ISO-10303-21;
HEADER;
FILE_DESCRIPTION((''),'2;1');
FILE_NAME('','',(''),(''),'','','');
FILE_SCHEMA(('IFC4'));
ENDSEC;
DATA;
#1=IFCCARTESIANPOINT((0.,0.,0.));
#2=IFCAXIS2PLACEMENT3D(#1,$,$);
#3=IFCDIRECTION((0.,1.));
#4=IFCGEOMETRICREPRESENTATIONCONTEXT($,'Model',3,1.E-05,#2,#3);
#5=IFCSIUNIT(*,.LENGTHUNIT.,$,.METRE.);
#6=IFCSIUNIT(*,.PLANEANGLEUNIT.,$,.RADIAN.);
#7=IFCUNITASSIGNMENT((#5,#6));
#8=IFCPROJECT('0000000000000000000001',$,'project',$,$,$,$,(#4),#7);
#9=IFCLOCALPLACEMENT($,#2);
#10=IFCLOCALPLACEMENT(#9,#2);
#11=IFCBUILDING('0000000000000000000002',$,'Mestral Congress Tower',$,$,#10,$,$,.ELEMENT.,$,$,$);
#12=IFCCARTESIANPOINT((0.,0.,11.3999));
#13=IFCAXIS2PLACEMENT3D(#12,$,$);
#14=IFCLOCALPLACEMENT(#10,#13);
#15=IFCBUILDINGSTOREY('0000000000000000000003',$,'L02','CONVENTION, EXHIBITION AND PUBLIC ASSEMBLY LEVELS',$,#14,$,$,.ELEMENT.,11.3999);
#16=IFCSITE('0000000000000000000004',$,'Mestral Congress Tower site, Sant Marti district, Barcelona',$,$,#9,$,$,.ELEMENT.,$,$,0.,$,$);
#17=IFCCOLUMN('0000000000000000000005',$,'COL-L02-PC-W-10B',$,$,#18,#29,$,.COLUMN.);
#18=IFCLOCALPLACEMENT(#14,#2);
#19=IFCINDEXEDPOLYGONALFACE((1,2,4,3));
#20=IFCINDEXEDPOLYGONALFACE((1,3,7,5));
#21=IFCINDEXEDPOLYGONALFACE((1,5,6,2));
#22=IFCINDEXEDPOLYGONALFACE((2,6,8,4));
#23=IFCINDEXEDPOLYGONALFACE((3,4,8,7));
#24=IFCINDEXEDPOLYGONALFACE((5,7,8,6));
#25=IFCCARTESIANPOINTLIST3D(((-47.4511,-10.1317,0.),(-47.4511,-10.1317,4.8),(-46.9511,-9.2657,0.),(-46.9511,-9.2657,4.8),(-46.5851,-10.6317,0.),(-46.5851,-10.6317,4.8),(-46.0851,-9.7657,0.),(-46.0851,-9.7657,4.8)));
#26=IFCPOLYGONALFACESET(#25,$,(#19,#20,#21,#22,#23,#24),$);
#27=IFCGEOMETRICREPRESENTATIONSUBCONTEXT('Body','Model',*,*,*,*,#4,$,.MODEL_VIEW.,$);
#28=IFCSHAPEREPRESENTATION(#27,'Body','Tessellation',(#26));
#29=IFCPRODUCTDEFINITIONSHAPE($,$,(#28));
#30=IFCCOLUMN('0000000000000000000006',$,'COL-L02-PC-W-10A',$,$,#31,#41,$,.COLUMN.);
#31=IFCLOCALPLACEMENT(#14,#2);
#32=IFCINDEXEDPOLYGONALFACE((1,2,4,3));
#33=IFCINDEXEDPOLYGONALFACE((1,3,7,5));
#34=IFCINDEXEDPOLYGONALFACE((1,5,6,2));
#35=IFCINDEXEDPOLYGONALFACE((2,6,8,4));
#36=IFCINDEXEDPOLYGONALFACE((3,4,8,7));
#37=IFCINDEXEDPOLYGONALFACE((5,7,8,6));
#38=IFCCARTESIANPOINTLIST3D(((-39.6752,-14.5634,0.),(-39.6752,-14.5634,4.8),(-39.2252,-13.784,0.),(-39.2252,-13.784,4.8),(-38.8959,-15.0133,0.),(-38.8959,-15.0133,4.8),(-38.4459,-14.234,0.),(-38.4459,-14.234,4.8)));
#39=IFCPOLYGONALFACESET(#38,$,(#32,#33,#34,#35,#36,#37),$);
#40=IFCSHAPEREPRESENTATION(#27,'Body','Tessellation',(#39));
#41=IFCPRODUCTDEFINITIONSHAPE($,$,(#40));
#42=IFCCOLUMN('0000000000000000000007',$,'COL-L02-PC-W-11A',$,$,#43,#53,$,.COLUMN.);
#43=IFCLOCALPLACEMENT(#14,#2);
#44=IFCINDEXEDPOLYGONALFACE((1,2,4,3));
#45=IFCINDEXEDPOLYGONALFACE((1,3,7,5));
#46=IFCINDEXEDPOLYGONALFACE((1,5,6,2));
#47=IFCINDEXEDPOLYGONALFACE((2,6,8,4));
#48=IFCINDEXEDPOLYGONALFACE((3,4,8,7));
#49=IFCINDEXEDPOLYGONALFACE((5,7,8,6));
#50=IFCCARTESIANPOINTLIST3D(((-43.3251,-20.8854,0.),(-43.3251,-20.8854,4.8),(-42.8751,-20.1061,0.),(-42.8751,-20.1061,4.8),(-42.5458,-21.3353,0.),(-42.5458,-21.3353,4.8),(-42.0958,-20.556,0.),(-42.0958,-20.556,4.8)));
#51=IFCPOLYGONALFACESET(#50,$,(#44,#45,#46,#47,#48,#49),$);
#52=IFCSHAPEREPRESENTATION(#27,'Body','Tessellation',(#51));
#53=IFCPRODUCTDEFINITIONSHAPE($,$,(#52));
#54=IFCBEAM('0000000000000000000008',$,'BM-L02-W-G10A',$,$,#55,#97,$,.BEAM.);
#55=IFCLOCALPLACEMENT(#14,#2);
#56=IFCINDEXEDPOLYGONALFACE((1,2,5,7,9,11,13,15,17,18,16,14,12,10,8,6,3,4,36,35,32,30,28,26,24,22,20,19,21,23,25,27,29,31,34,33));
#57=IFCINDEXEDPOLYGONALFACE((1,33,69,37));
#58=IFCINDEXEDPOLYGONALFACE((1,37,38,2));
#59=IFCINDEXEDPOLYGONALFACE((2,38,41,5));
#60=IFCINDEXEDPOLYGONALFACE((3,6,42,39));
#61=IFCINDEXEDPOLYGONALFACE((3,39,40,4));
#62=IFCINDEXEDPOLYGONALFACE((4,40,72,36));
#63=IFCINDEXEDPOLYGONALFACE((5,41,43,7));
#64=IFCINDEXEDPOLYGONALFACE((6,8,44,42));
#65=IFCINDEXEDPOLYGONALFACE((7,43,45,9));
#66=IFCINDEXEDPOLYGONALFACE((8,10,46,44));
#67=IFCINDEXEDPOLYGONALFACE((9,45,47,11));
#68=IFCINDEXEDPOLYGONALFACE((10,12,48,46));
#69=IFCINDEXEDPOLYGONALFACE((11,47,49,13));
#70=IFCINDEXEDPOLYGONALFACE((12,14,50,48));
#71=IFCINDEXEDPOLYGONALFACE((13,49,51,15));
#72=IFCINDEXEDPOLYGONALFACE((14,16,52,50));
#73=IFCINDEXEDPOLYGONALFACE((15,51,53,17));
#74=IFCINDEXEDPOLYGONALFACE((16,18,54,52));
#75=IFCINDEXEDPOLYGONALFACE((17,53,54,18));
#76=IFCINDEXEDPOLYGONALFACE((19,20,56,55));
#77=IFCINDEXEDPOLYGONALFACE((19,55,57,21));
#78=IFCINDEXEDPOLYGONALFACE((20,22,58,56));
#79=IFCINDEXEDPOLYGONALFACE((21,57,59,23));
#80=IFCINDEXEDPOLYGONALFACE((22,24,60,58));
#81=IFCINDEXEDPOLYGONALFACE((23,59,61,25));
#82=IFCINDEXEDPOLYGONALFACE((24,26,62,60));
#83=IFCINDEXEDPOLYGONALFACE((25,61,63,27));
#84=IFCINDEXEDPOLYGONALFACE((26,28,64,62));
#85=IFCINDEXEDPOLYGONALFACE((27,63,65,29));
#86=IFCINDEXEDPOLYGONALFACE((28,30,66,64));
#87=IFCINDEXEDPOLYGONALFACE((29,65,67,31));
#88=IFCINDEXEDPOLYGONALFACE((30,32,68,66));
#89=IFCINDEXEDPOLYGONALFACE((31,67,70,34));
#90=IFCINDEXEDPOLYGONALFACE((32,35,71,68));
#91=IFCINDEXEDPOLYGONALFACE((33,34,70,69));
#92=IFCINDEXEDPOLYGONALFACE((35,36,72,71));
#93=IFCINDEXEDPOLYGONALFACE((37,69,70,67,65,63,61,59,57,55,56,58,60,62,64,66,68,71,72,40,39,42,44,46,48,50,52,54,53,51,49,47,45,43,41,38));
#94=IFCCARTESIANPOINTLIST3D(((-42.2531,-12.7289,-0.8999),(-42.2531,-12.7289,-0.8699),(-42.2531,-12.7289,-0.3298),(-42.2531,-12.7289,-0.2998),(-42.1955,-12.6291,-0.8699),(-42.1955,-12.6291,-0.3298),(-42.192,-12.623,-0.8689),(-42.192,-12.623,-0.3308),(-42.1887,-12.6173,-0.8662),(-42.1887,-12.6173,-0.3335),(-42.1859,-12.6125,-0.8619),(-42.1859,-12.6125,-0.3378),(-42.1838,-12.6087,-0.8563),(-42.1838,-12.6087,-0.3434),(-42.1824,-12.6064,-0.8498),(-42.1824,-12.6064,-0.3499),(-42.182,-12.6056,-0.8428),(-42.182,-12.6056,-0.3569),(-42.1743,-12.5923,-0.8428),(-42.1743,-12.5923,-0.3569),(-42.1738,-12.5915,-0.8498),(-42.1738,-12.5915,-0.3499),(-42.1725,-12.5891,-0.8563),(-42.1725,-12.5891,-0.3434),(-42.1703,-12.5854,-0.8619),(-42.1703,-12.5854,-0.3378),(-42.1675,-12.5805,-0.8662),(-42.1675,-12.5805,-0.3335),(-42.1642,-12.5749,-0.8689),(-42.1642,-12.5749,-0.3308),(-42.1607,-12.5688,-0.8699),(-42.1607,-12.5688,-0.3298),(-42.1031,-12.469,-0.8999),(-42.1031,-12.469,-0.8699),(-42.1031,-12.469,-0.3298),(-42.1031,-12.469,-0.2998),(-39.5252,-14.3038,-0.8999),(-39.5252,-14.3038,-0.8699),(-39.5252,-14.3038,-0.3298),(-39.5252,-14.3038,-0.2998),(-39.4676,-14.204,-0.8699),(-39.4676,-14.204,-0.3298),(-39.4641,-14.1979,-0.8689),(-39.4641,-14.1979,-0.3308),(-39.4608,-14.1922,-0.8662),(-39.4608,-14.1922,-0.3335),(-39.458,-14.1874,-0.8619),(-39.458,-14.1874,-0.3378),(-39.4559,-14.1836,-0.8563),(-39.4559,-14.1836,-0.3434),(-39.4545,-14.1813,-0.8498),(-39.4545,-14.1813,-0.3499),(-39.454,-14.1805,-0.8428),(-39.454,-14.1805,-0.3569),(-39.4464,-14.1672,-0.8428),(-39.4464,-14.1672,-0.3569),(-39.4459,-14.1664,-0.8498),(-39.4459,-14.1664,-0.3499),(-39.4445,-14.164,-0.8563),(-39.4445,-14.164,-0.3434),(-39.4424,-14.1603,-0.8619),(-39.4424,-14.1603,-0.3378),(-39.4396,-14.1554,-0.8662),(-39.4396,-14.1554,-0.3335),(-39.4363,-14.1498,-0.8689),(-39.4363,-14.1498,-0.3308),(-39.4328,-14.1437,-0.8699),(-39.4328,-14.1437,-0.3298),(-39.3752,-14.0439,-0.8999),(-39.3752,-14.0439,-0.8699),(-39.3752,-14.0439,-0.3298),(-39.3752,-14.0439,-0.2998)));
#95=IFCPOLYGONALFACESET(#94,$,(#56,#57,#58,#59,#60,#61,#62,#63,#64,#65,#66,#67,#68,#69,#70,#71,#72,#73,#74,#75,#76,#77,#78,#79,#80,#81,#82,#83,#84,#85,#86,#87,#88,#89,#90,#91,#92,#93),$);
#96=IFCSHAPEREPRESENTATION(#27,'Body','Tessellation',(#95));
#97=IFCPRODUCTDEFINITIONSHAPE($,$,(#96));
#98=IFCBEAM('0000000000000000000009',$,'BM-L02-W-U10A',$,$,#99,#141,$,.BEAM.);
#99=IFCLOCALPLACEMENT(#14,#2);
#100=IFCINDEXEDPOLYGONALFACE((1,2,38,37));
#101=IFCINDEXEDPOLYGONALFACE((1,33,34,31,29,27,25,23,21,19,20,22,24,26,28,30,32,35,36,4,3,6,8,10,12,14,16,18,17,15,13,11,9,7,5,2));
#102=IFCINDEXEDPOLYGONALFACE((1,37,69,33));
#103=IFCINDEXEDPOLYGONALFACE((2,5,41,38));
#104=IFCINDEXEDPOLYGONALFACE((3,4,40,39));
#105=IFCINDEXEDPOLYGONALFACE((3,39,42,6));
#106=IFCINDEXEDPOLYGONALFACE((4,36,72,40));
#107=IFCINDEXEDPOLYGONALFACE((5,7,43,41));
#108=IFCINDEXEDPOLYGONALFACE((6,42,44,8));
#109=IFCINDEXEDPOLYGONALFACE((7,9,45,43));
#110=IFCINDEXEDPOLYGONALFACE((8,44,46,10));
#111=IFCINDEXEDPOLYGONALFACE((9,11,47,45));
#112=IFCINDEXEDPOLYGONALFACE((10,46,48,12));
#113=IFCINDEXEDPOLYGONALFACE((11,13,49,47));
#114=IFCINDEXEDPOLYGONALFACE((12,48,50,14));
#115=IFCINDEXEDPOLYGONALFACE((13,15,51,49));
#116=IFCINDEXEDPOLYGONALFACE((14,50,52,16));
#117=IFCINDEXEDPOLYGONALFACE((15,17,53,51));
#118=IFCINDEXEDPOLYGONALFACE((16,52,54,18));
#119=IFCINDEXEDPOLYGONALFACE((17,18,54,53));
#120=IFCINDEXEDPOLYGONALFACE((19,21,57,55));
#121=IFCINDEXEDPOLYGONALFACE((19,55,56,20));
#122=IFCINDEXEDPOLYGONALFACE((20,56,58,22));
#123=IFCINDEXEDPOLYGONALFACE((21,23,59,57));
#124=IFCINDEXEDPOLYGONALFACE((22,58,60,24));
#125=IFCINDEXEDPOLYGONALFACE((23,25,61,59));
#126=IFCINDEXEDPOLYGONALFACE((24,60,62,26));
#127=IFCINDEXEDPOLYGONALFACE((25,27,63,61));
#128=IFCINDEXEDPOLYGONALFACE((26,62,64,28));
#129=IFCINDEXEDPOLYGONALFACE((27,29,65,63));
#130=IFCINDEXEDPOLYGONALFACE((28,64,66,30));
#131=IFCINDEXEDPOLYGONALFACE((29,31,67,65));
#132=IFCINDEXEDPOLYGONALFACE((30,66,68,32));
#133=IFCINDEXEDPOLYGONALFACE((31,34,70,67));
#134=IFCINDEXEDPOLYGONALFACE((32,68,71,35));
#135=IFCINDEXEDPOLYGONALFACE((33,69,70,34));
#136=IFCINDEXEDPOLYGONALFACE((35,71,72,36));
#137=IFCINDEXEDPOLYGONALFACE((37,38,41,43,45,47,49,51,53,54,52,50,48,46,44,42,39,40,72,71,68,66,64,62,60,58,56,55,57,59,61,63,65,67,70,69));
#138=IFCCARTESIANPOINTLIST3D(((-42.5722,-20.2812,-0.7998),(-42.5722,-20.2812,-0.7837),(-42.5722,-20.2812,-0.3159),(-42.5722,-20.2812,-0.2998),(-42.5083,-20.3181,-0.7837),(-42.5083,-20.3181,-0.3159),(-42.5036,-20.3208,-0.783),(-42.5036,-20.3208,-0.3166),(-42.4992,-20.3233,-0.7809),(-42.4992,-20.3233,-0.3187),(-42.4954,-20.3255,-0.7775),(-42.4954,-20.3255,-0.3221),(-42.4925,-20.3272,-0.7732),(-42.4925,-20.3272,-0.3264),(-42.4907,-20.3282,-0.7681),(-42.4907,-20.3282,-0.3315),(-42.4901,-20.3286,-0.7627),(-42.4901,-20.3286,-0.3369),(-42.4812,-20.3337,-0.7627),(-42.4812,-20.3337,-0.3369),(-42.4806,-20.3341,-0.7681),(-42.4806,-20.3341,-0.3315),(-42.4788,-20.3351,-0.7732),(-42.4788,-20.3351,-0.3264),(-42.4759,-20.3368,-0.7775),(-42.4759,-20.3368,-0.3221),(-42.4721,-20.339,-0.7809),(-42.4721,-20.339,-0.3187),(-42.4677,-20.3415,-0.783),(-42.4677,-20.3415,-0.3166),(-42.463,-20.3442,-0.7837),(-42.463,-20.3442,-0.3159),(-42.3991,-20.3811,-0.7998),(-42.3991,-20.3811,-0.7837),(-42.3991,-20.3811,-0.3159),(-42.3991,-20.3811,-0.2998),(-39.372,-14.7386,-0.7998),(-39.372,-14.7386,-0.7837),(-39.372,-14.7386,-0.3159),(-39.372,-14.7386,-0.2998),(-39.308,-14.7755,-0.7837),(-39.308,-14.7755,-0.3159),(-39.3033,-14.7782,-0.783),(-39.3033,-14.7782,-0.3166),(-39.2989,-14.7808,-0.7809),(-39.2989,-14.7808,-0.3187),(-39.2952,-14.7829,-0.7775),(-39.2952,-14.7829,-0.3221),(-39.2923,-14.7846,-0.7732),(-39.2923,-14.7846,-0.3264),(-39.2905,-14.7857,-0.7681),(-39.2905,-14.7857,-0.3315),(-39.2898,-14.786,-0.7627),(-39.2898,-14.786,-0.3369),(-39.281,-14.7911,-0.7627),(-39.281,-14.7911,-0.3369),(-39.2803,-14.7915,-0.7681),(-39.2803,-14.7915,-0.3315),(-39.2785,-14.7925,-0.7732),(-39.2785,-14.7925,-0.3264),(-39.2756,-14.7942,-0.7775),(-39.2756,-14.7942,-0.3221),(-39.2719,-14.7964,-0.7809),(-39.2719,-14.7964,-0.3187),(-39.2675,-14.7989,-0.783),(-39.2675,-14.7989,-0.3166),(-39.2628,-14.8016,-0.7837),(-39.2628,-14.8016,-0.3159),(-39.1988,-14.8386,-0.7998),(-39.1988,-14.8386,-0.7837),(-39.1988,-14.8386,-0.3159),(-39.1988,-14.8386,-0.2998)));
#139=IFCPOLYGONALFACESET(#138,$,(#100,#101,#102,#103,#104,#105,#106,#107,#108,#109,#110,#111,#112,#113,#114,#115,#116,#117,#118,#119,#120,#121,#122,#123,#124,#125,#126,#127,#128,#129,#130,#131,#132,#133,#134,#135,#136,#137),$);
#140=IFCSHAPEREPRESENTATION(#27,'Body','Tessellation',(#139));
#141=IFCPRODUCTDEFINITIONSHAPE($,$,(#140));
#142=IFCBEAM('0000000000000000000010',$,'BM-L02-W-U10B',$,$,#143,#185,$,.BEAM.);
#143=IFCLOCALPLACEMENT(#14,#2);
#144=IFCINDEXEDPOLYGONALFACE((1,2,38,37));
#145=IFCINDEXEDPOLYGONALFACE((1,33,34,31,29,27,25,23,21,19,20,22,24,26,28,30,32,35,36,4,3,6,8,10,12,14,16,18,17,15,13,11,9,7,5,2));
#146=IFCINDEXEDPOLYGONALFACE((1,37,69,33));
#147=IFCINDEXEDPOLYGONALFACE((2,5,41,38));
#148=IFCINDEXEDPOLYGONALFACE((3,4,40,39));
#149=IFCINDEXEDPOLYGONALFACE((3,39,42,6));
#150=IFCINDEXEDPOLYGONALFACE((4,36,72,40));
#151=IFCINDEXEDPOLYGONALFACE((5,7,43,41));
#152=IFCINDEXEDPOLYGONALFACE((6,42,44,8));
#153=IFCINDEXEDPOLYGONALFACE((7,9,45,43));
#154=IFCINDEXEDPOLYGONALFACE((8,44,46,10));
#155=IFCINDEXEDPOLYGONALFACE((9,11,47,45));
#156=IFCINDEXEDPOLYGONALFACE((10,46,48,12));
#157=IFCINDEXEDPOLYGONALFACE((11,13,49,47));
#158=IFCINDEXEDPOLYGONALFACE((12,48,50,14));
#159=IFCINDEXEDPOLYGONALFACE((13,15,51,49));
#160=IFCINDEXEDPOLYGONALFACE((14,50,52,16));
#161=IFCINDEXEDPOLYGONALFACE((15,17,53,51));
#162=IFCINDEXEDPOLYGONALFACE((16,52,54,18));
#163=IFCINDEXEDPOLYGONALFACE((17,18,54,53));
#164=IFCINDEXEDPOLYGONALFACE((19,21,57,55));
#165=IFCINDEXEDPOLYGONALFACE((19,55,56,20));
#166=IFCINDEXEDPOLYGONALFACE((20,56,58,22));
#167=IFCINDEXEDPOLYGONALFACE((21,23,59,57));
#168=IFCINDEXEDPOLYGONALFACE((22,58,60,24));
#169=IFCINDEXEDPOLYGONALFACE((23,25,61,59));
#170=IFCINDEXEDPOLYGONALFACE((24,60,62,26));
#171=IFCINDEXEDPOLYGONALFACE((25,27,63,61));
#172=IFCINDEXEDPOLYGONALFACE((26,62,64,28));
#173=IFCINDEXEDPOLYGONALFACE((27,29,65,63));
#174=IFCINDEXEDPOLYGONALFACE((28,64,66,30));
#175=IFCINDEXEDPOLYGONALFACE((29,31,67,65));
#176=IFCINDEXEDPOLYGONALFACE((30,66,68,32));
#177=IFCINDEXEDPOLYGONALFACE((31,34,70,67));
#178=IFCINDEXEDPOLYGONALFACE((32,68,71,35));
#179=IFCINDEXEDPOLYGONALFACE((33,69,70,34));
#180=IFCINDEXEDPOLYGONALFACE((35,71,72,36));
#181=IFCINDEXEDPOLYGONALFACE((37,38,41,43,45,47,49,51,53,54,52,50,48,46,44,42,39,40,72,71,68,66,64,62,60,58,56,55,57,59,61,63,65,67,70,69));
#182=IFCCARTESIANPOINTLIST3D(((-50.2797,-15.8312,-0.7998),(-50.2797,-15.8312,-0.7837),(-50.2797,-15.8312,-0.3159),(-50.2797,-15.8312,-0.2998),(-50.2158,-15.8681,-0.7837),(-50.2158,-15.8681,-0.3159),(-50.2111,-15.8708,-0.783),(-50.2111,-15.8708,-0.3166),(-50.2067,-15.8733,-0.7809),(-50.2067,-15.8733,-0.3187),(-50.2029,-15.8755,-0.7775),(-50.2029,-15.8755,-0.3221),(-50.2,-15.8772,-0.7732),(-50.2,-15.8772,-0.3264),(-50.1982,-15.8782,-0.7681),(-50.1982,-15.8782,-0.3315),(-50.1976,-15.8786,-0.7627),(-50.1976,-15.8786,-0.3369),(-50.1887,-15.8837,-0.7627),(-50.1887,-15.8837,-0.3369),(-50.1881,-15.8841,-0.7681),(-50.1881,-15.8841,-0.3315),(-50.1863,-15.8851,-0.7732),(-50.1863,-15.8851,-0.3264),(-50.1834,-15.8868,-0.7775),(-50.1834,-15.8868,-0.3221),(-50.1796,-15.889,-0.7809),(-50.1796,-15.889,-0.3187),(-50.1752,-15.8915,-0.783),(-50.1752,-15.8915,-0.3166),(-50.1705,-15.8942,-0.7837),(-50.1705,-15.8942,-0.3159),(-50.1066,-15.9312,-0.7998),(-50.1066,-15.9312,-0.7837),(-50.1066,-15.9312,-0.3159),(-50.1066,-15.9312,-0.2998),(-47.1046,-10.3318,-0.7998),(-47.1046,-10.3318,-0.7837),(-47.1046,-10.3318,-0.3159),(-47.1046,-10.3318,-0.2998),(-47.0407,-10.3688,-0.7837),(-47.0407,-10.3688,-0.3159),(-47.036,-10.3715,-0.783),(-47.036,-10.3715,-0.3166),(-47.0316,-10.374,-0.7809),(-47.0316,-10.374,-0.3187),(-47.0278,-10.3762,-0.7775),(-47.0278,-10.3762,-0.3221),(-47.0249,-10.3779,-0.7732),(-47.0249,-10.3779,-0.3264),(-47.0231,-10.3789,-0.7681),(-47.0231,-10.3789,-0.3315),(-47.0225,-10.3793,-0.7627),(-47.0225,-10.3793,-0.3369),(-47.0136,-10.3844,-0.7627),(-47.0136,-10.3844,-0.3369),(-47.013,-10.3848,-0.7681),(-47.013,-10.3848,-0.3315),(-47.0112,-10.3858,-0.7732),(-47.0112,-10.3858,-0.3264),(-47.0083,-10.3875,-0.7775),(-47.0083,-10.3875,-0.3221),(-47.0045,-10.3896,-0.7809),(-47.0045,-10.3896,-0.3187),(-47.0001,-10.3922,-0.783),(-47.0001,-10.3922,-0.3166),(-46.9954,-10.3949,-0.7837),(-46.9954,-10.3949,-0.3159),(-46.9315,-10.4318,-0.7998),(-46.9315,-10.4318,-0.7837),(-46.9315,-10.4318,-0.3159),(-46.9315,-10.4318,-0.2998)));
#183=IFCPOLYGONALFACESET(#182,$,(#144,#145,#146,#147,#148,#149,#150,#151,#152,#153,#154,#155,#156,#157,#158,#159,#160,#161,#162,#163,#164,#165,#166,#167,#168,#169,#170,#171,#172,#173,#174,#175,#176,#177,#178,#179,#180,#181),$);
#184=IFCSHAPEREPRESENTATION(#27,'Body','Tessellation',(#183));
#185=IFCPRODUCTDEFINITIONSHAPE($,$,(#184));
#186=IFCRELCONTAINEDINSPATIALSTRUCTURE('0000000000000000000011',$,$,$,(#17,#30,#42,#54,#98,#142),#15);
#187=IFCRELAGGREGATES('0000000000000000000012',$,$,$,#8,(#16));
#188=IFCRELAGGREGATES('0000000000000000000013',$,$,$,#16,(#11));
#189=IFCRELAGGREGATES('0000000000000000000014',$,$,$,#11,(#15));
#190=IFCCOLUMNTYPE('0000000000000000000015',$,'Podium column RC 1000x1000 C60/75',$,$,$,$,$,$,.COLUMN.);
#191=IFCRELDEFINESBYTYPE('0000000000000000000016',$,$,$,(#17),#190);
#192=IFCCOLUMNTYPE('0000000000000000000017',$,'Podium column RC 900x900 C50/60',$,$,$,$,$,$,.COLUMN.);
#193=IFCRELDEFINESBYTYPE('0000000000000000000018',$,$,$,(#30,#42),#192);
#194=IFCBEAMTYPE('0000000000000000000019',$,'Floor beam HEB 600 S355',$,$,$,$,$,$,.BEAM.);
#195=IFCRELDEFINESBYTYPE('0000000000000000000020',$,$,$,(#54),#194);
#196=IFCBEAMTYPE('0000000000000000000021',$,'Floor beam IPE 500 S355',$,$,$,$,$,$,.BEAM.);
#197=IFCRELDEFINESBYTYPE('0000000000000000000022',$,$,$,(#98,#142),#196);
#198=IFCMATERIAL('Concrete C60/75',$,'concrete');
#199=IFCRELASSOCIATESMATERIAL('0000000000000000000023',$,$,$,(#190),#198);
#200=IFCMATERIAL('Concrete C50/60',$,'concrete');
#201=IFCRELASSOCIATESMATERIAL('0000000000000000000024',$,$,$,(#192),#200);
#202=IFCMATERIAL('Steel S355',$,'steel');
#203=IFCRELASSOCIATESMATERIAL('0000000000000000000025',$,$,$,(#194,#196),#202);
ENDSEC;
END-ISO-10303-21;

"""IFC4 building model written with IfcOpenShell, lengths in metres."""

from ifc_helpers import new_model, si_unit, direction, frame, origin, origin_2d, place, context, subcontext, project, spatial, rectangle, i_section, extrude, material, material_profile, profile_set, type_object, element, save


model = new_model("IFC4")

# Units and contexts
model_context = context("Model", 3, precision=1e-05, world=origin(), true_north=direction((0.0, 1.0)))
body_context = subcontext(model_context, "Body", "Model", "MODEL_VIEW")
ifc_project = project(units=[si_unit("LENGTHUNIT", "METRE"), si_unit("PLANEANGLEUNIT", "RADIAN")], contexts=[model_context])

# Site, building, storey
site_placement = place(None, origin())
site = spatial("IfcSite", under=ifc_project, at=site_placement, Name="Mestral Congress Tower site, Sant Marti district, Barcelona", CompositionType="ELEMENT", RefElevation=0.0)
building_placement = place(site_placement, origin())
building = spatial("IfcBuilding", under=site, at=building_placement, Name="Mestral Congress Tower", CompositionType="ELEMENT")
storey_placement = place(building_placement, frame((0.0, 0.0, 11.3999)))
storey = spatial("IfcBuildingStorey", under=building, at=storey_placement, Name="L02", Description="CONVENTION, EXHIBITION AND PUBLIC ASSEMBLY LEVELS", CompositionType="ELEMENT", Elevation=11.3999)

# Columns
ifc_material_1 = material(Name="Concrete C60/75", Category="concrete")
ifc_material_profile_1 = material_profile(ifc_material_1, rectangle(XDim=1.0, YDim=1.0, at=origin_2d()), Name="RC 1000x1000")
ifc_profile_set_1 = profile_set([ifc_material_profile_1], Name="Concrete C60/75")
column_type_1 = type_object("IfcColumnType", Name="Podium column RC 1000x1000 C60/75", PredefinedType="COLUMN", material=ifc_profile_set_1)
column_placement = place(storey_placement, frame((-46.7681, -9.9487, 0.0), z_axis=(0.0, 0.0, 1.0), x_axis=(-0.5, -0.866025, 0.0)))
element("IfcColumn", 1, at=column_placement, inside=storey, type_object=column_type_1, Name="COL-L02-PC-W-10B", PredefinedType="COLUMN", context=body_context, shape_type="SweptSolid", body=[
    extrude(rectangle(XDim=1.0, YDim=1.0, at=origin_2d()), origin(), (0.0, 0.0, 1.0), 4.8),
])
ifc_material_2 = material(Name="Concrete C50/60", Category="concrete")
ifc_material_profile_2 = material_profile(ifc_material_2, rectangle(XDim=0.8999, YDim=0.8999, at=origin_2d()), Name="RC 900x900")
ifc_profile_set_2 = profile_set([ifc_material_profile_2], Name="Concrete C50/60")
column_type_2 = type_object("IfcColumnType", Name="Podium column RC 900x900 C50/60", PredefinedType="COLUMN", material=ifc_profile_set_2)
for number, where, z_axis, x_axis, name in (
    (2, (-39.0605, -14.3987, 0.0), (0.0, 0.0, 1.0), (-0.5, -0.866025, 0.0), "COL-L02-PC-W-10A"),
    (3, (-42.7104, -20.7207, 0.0), (0.0, 0.0, 1.0), (-0.5, -0.866025, 0.0), "COL-L02-PC-W-11A"),
):
    element("IfcColumn", number, at=place(storey_placement, frame(where, z_axis=z_axis, x_axis=x_axis)), inside=storey, type_object=column_type_2, Name=name, PredefinedType="COLUMN", context=body_context, shape_type="SweptSolid", body=[
        extrude(rectangle(XDim=0.8999, YDim=0.8999, at=origin_2d()), origin(), (0.0, 0.0, 1.0), 4.8),
    ])

# Beams
ifc_material_3 = material(Name="Steel S355", Category="steel")
ifc_material_profile_3 = material_profile(ifc_material_3, i_section(OverallWidth=0.3, OverallDepth=0.6001, WebThickness=0.0154, FlangeThickness=0.03, FilletRadius=0.0271, at=origin_2d()), Name="HEB 600")
ifc_profile_set_3 = profile_set([ifc_material_profile_3], Name="Steel S355")
beam_type_1 = type_object("IfcBeamType", Name="Floor beam HEB 600 S355", PredefinedType="BEAM", material=ifc_profile_set_3)
beam_1_placement = place(storey_placement, frame((-39.4502, -14.1738, -0.5999), z_axis=(-0.866036, 0.499982, 0.0), x_axis=(-0.499982, -0.866036, 0.0)))
element("IfcBeam", 4, at=beam_1_placement, inside=storey, type_object=beam_type_1, Name="BM-L02-W-G10A", PredefinedType="BEAM", context=body_context, shape_type="SweptSolid", body=[
    extrude(i_section(OverallWidth=0.3, OverallDepth=0.6001, WebThickness=0.0154, FlangeThickness=0.03, FilletRadius=0.0271, at=origin_2d()), origin(), (0.0, 0.0, 1.0), 3.1499),
])
ifc_material_profile_4 = material_profile(ifc_material_3, i_section(OverallWidth=0.2, OverallDepth=0.5, WebThickness=0.0103, FlangeThickness=0.0161, FilletRadius=0.021, at=origin_2d()), Name="IPE 500")
ifc_profile_set_4 = profile_set([ifc_material_profile_4], Name="Steel S355")
beam_type_2 = type_object("IfcBeamType", Name="Floor beam IPE 500 S355", PredefinedType="BEAM", material=ifc_profile_set_4)
beam_2_placement = place(storey_placement, frame((-39.2854, -14.7886, -0.5498), z_axis=(-0.500028, -0.866009, 0.0), x_axis=(0.866009, -0.500028, 0.0)))
element("IfcBeam", 5, at=beam_2_placement, inside=storey, type_object=beam_type_2, Name="BM-L02-W-U10A", PredefinedType="BEAM", context=body_context, shape_type="SweptSolid", body=[
    extrude(i_section(OverallWidth=0.2, OverallDepth=0.5, WebThickness=0.0103, FlangeThickness=0.0161, FilletRadius=0.021, at=origin_2d()), origin(), (0.0, 0.0, 1.0), 6.4001),
])
beam_3_placement = place(storey_placement, frame((-47.0181, -10.3818, -0.5498), z_axis=(-0.500005, -0.866022, 0.0), x_axis=(0.866022, -0.500005, 0.0)))
element("IfcBeam", 6, at=beam_3_placement, inside=storey, type_object=beam_type_2, Name="BM-L02-W-U10B", PredefinedType="BEAM", context=body_context, shape_type="SweptSolid", body=[
    extrude(i_section(OverallWidth=0.2, OverallDepth=0.5, WebThickness=0.0103, FlangeThickness=0.0161, FilletRadius=0.021, at=origin_2d()), origin(), (0.0, 0.0, 1.0), 6.3501),
])

save(model, "model.ifc")
